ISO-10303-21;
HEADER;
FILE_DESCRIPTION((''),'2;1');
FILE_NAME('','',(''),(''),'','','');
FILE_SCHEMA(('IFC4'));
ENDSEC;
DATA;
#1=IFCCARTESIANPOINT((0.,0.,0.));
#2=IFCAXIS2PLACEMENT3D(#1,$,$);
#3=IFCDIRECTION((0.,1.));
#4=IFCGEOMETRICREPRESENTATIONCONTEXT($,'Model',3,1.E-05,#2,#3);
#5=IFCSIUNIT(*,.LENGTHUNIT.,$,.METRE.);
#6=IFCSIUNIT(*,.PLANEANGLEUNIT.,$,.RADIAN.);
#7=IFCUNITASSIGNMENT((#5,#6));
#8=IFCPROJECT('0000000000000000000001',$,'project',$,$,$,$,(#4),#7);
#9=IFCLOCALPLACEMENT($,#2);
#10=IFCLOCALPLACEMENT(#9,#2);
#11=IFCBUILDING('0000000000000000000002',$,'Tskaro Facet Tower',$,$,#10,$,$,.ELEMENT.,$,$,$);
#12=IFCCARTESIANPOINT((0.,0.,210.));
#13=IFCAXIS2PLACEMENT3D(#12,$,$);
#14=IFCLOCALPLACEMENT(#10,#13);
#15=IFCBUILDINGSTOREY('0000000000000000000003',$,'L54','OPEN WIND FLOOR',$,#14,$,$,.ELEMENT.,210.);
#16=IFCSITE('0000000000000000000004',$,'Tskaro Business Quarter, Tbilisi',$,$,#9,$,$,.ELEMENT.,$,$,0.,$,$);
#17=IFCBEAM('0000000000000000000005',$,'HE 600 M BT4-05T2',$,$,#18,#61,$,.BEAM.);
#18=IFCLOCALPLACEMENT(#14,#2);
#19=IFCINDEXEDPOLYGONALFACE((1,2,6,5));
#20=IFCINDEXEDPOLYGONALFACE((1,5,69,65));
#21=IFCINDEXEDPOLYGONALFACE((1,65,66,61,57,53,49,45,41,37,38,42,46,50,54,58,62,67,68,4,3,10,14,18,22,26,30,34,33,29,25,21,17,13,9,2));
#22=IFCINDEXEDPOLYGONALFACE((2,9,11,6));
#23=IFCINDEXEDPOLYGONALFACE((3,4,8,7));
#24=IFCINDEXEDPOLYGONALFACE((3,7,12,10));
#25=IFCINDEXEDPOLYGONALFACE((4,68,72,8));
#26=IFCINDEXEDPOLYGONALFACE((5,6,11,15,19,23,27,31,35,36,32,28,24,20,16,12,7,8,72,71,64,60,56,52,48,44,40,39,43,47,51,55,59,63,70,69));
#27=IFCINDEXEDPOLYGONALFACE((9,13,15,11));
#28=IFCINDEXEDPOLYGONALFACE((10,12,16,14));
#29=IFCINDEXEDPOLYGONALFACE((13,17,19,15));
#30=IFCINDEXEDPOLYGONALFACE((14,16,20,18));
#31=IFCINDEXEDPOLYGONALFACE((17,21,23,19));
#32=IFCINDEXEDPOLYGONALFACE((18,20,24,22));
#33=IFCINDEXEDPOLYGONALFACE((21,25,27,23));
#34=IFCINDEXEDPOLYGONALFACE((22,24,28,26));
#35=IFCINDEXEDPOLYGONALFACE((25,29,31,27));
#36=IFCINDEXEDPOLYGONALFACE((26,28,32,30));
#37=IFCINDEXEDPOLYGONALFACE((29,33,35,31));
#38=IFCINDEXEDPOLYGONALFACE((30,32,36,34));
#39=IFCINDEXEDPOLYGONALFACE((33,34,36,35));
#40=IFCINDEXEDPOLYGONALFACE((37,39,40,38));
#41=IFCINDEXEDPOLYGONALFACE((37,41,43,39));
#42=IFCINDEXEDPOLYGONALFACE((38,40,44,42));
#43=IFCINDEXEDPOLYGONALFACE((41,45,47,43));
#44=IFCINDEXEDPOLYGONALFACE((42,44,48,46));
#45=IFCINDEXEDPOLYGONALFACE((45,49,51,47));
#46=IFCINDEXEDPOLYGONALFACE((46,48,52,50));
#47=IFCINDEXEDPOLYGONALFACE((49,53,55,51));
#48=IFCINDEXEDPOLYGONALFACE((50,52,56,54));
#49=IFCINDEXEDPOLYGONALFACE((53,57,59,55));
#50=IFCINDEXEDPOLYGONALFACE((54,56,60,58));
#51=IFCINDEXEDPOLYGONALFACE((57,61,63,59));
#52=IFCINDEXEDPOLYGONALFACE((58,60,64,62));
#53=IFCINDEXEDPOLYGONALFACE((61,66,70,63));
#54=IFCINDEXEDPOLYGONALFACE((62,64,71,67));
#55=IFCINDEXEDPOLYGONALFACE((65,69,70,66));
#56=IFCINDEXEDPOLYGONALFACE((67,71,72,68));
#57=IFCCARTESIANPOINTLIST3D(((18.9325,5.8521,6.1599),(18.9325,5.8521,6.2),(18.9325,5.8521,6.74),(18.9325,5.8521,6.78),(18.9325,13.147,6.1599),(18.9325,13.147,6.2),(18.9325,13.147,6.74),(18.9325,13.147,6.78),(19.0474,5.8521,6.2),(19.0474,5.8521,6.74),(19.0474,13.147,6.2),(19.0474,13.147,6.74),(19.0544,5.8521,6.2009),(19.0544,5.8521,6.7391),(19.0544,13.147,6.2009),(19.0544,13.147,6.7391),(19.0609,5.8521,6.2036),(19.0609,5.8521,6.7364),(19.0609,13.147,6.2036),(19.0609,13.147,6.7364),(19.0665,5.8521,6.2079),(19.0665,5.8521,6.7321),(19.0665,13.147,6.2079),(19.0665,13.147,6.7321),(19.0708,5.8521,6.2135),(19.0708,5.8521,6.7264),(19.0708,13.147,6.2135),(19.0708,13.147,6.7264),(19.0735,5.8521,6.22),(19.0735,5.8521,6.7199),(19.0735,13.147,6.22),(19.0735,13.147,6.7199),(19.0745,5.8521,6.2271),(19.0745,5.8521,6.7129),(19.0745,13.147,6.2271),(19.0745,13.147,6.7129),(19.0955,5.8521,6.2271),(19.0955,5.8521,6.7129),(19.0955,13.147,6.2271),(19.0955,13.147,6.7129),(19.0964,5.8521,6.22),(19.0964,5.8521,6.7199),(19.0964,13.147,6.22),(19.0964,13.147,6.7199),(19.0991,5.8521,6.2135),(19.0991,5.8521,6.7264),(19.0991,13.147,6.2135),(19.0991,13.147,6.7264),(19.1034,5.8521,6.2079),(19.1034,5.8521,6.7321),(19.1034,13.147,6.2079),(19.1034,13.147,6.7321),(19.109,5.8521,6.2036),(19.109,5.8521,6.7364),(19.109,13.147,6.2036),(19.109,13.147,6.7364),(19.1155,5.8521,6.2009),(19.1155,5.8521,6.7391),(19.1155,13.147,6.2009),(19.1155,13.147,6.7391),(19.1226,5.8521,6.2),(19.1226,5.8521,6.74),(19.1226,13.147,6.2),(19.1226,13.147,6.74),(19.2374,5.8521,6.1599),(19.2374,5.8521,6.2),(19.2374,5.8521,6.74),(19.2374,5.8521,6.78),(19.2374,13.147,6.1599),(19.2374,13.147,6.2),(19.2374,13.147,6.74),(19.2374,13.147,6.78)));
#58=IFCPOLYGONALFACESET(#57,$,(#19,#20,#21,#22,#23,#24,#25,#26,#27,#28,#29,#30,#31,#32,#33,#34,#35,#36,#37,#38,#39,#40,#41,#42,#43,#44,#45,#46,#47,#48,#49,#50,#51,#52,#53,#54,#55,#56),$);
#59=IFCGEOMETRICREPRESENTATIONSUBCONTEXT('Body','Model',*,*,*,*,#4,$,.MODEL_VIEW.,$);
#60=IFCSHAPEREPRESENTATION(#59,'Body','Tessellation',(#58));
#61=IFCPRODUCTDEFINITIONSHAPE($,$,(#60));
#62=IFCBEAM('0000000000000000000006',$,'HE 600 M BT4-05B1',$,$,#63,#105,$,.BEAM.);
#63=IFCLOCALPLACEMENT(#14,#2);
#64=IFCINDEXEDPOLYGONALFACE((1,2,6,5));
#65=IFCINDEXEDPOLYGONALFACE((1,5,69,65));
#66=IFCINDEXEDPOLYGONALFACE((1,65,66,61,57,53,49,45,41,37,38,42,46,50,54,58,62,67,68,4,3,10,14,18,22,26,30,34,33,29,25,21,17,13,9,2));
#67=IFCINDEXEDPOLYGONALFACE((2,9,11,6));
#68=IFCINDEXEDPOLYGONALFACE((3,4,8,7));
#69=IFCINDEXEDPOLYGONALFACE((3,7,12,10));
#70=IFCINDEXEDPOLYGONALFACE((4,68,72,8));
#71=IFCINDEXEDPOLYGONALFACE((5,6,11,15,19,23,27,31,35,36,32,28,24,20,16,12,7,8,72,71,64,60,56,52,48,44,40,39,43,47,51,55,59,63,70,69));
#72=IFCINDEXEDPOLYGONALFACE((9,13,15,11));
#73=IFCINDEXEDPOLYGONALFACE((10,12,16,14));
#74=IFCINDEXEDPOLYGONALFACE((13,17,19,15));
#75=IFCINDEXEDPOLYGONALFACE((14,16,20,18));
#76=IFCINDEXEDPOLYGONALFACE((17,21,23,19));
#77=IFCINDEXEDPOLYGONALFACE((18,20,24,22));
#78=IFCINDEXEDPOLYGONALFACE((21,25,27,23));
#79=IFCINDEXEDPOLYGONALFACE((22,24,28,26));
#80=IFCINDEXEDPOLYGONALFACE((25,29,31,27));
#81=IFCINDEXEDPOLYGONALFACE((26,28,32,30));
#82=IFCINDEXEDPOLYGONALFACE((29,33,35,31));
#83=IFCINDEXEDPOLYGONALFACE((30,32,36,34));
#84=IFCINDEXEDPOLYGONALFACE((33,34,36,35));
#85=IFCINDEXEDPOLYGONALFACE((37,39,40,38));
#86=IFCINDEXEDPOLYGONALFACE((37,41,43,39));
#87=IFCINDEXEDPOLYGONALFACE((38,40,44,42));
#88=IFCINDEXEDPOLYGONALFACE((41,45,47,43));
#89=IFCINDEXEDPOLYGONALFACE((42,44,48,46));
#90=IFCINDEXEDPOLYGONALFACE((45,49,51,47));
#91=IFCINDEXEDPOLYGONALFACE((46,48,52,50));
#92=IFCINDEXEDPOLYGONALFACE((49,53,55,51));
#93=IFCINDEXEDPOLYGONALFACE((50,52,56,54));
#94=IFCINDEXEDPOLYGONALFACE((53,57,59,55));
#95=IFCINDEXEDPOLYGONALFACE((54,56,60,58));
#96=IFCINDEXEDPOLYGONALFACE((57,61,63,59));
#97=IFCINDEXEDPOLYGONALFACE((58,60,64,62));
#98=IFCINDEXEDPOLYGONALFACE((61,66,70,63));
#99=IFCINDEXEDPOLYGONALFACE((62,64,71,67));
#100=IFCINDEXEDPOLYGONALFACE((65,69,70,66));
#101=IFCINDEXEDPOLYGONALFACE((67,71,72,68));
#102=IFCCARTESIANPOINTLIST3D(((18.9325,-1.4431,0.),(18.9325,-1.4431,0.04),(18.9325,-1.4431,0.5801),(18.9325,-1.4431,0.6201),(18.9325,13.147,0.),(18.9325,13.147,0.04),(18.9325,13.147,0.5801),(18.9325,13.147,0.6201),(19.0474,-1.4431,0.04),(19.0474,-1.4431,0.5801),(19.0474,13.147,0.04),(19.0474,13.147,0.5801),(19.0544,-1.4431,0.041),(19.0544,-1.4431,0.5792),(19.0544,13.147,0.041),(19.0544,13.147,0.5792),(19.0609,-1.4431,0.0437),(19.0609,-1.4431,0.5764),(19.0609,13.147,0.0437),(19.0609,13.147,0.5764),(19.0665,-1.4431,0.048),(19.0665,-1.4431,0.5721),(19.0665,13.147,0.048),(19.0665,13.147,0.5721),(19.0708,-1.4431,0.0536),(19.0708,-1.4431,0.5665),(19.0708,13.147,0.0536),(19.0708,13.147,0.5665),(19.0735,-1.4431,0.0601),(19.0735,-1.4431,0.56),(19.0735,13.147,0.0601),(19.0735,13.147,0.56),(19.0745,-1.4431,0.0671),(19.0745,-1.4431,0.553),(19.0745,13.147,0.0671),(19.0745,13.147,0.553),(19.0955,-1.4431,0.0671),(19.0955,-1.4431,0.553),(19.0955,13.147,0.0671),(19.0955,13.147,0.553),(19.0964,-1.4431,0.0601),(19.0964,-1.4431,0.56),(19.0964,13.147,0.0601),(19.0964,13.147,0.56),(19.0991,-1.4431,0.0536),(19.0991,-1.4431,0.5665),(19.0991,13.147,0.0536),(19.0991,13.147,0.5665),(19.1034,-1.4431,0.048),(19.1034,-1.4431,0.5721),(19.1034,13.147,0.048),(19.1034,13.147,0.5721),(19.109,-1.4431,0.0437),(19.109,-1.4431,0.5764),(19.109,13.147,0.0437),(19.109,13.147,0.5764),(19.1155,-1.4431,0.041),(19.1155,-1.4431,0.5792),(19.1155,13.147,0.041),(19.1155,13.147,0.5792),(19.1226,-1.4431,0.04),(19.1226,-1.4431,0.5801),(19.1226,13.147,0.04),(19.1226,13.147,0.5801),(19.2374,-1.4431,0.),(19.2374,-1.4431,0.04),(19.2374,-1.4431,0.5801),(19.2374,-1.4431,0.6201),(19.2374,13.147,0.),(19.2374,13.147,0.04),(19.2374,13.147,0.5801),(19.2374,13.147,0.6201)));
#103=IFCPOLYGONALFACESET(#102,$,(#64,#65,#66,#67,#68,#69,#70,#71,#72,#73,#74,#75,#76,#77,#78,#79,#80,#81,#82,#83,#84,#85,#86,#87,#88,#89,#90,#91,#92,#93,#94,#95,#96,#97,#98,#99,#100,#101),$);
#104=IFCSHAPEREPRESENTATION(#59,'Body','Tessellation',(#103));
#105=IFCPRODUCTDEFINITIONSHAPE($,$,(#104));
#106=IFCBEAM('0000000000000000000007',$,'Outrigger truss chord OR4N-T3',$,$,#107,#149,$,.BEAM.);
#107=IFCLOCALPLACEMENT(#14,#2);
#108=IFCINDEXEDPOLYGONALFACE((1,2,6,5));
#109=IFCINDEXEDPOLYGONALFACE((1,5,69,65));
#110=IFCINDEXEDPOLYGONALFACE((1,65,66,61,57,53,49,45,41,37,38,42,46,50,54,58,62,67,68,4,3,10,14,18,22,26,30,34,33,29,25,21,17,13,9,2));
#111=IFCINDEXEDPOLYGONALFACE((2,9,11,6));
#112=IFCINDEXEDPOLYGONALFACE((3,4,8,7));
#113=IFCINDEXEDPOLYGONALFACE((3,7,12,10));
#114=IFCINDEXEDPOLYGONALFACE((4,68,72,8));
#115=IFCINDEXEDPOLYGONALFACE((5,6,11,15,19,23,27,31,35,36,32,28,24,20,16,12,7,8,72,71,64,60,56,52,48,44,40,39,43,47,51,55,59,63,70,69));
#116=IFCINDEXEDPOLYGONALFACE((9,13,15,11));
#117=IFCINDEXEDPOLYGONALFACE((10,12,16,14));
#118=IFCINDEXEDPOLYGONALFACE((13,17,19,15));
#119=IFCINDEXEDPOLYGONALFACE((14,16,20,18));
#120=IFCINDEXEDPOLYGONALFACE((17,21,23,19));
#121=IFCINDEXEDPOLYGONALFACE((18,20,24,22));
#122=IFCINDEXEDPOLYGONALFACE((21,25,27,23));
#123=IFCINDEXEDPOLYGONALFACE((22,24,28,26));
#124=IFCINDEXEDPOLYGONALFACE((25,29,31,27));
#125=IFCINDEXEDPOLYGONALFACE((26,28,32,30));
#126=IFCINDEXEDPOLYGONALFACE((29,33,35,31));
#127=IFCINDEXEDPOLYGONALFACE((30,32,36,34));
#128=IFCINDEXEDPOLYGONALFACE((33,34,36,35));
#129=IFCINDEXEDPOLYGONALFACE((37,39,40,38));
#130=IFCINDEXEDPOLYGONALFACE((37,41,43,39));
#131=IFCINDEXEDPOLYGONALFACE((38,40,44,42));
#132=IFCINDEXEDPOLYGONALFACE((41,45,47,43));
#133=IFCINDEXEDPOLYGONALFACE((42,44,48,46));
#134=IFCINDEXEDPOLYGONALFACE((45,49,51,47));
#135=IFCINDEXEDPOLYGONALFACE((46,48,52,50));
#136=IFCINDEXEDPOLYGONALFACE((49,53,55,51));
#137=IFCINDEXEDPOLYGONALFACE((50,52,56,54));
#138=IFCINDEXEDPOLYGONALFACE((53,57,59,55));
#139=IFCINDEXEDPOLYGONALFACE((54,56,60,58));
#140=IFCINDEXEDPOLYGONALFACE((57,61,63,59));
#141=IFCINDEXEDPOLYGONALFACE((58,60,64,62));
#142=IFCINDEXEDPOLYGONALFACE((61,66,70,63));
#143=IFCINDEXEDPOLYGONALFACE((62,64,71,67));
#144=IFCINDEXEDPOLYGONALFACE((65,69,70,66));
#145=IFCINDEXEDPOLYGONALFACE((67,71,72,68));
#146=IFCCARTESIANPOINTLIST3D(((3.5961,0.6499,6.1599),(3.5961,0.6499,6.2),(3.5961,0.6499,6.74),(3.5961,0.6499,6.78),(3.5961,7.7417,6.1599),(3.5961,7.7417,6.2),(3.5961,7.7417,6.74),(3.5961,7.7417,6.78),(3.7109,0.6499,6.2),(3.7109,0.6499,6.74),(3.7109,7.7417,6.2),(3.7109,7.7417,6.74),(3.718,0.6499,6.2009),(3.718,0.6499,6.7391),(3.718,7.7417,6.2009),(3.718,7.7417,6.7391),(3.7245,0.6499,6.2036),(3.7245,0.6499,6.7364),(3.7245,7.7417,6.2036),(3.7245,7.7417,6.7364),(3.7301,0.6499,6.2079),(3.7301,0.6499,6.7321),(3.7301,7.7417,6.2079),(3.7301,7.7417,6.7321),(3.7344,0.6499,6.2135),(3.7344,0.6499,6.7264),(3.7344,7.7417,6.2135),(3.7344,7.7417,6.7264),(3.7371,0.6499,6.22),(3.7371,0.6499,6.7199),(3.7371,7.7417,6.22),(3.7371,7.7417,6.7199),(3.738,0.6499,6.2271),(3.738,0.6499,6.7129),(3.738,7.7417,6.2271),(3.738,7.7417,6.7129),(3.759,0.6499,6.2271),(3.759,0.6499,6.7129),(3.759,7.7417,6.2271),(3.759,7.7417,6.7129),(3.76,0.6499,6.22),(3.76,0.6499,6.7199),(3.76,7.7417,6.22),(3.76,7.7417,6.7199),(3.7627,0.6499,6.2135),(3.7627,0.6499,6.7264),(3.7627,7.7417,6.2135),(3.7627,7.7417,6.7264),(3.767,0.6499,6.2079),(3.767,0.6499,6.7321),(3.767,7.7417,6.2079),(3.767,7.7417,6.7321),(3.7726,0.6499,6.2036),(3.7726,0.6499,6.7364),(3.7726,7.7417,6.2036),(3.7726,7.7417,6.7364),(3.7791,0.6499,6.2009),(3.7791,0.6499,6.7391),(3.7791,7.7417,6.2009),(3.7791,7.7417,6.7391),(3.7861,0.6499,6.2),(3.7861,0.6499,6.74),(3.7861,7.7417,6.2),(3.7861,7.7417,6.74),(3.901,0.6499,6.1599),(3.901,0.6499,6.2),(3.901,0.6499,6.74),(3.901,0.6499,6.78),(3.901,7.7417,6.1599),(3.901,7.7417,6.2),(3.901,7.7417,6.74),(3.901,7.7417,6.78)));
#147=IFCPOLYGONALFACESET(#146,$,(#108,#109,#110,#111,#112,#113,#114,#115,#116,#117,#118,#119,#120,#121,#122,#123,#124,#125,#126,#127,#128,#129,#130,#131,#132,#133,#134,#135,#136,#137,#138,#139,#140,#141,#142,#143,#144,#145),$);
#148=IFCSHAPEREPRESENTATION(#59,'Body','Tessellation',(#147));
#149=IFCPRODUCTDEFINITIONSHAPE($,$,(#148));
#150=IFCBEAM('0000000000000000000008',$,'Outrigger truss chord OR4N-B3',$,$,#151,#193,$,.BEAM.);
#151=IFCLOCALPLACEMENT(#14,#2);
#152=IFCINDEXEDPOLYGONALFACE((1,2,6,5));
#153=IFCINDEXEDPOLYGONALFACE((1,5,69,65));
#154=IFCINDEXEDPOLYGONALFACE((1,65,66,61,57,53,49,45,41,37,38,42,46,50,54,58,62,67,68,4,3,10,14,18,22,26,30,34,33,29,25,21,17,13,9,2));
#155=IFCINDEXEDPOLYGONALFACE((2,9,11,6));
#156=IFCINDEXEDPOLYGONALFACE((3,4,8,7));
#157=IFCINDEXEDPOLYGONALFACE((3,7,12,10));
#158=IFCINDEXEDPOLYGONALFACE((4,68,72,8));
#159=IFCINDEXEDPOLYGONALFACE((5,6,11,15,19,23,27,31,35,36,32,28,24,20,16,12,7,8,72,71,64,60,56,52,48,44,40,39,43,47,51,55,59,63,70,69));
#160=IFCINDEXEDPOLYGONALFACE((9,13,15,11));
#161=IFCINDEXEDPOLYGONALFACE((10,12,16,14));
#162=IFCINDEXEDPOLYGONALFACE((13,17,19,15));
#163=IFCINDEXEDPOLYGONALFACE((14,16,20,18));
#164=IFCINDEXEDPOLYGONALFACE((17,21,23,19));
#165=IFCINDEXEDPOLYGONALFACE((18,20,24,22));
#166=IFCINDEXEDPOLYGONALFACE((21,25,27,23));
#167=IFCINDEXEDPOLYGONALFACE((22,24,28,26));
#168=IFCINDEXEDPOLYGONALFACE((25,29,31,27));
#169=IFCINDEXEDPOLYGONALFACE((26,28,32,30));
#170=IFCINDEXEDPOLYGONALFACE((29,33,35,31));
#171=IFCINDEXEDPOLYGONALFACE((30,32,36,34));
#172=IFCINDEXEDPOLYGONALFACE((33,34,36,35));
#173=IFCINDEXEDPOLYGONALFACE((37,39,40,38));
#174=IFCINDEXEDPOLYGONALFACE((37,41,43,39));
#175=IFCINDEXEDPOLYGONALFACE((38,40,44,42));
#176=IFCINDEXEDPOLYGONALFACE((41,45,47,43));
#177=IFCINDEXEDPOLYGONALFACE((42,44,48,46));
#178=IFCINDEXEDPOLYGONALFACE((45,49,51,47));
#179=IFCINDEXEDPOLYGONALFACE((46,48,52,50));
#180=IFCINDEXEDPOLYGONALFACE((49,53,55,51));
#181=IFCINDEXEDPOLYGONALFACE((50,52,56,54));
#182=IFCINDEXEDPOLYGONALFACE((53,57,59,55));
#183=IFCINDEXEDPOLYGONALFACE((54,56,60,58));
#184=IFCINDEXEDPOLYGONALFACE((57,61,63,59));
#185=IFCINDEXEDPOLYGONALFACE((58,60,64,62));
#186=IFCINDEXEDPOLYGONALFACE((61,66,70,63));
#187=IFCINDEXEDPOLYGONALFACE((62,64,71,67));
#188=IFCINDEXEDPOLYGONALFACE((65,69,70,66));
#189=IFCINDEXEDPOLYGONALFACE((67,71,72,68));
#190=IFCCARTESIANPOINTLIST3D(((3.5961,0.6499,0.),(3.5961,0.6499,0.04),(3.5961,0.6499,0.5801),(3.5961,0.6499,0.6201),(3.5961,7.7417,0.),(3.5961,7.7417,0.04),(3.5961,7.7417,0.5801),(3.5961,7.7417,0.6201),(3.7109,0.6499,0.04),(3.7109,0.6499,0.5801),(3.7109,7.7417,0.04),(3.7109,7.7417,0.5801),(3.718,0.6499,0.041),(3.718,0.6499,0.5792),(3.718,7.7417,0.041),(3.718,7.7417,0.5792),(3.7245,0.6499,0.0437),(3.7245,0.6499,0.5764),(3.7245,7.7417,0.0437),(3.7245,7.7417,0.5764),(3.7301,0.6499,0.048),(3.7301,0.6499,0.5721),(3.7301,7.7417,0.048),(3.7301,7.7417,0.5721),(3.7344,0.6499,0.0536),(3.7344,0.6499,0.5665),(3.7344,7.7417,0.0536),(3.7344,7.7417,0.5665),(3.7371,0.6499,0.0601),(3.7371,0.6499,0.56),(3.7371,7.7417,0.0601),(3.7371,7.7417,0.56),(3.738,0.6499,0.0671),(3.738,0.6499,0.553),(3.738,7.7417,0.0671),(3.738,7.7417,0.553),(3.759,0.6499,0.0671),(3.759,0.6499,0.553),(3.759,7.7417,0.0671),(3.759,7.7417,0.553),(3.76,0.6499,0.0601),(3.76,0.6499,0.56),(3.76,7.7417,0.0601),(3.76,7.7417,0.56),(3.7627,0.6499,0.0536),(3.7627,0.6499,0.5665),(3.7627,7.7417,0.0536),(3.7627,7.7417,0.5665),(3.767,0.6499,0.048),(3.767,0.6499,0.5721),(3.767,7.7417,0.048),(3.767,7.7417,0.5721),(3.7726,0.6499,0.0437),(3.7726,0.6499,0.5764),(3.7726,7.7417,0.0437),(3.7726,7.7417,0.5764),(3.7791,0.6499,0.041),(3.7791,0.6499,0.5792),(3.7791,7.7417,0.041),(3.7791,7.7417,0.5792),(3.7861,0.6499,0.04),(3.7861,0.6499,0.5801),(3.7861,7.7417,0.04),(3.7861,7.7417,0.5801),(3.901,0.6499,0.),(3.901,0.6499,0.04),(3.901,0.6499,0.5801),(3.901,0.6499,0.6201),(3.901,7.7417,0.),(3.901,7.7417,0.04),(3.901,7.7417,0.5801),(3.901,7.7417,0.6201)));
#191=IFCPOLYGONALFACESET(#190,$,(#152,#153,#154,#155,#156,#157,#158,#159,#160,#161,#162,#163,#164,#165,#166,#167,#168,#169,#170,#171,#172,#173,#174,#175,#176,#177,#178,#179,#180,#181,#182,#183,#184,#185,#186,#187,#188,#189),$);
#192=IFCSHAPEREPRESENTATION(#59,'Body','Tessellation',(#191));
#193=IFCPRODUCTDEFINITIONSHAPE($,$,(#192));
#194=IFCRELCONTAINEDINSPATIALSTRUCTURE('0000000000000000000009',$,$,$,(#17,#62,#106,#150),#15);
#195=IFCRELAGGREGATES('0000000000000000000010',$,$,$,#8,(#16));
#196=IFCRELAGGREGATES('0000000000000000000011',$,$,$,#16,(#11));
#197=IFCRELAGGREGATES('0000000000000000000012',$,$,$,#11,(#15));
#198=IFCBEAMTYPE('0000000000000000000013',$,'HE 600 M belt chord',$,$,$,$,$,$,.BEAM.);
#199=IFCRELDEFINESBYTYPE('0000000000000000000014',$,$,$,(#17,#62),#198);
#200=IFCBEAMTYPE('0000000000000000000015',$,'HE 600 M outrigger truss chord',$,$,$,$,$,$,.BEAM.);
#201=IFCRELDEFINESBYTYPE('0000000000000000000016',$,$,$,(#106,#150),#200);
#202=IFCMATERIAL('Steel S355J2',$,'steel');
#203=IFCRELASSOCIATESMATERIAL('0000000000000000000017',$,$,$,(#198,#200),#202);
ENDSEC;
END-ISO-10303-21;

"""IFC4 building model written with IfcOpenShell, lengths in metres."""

from ifc_helpers import new_model, si_unit, direction, frame, origin, origin_2d, place, context, subcontext, project, spatial, i_section, extrude, material, material_profile, profile_set, type_object, element, save


model = new_model("IFC4")

# Units and contexts
model_context = context("Model", 3, precision=1e-05, world=origin(), true_north=direction((0.0, 1.0)))
body_context = subcontext(model_context, "Body", "Model", "MODEL_VIEW")
ifc_project = project(units=[si_unit("LENGTHUNIT", "METRE"), si_unit("PLANEANGLEUNIT", "RADIAN")], contexts=[model_context])

# Site, building, storey
site_placement = place(None, origin())
site = spatial("IfcSite", under=ifc_project, at=site_placement, Name="Tskaro Business Quarter, Tbilisi", CompositionType="ELEMENT", RefElevation=0.0)
building_placement = place(site_placement, origin())
building = spatial("IfcBuilding", under=site, at=building_placement, Name="Tskaro Facet Tower", CompositionType="ELEMENT")
storey_placement = place(building_placement, frame((0.0, 0.0, 210.0)))
storey = spatial("IfcBuildingStorey", under=building, at=storey_placement, Name="L54", Description="OPEN WIND FLOOR", CompositionType="ELEMENT", Elevation=210.0)

# Shared definitions
ifc_material_1 = material(Name="Steel S355J2", Category="steel")

# Beams
ifc_material_profile_1 = material_profile(ifc_material_1, i_section(OverallWidth=0.3049, OverallDepth=0.6201, WebThickness=0.021, FlangeThickness=0.04, FilletRadius=0.0271, at=origin_2d()), Name="HE 600 M")
ifc_profile_set_1 = profile_set([ifc_material_profile_1], Name="Steel S355J2")
beam_type_1 = type_object("IfcBeamType", Name="HE 600 M belt chord", PredefinedType="BEAM", material=ifc_profile_set_1)
beam_1_placement = place(storey_placement, frame((19.085, 5.8521, 6.47), z_axis=(0.0, 1.0, 0.0), x_axis=(-1.0, 0.0, 0.0)))
element("IfcBeam", 1, at=beam_1_placement, inside=storey, type_object=beam_type_1, Name="HE 600 M BT4-05T2", PredefinedType="BEAM", context=body_context, shape_type="SweptSolid", body=[
    extrude(i_section(OverallWidth=0.3049, OverallDepth=0.6201, WebThickness=0.021, FlangeThickness=0.04, FilletRadius=0.0271, at=origin_2d()), origin(), (0.0, 0.0, 1.0), 7.2949),
])
beam_2_placement = place(storey_placement, frame((19.085, -1.4431, 0.3101), z_axis=(0.0, 1.0, 0.0), x_axis=(-1.0, 0.0, 0.0)))
element("IfcBeam", 2, at=beam_2_placement, inside=storey, type_object=beam_type_1, Name="HE 600 M BT4-05B1", PredefinedType="BEAM", context=body_context, shape_type="SweptSolid", body=[
    extrude(i_section(OverallWidth=0.3049, OverallDepth=0.6201, WebThickness=0.021, FlangeThickness=0.04, FilletRadius=0.0271, at=origin_2d()), origin(), (0.0, 0.0, 1.0), 14.5901),
])
ifc_material_profile_2 = material_profile(ifc_material_1, i_section(OverallWidth=0.3049, OverallDepth=0.6201, WebThickness=0.021, FlangeThickness=0.04, FilletRadius=0.0271, at=origin_2d()), Name="HE 600 M")
ifc_profile_set_2 = profile_set([ifc_material_profile_2], Name="Steel S355J2")
beam_type_2 = type_object("IfcBeamType", Name="HE 600 M outrigger truss chord", PredefinedType="BEAM", material=ifc_profile_set_2)
for number, where, z_axis, x_axis, name in (
    (3, (3.7485, 7.7417, 6.47), (0.0, -1.0, 0.0), (1.0, 0.0, 0.0), "Outrigger truss chord OR4N-T3"),
    (4, (3.7485, 7.7417, 0.3101), (0.0, -1.0, 0.0), (1.0, 0.0, 0.0), "Outrigger truss chord OR4N-B3"),
):
    element("IfcBeam", number, at=place(storey_placement, frame(where, z_axis=z_axis, x_axis=x_axis)), inside=storey, type_object=beam_type_2, Name=name, PredefinedType="BEAM", context=body_context, shape_type="SweptSolid", body=[
        extrude(i_section(OverallWidth=0.3049, OverallDepth=0.6201, WebThickness=0.021, FlangeThickness=0.04, FilletRadius=0.0271, at=origin_2d()), origin(), (0.0, 0.0, 1.0), 7.0918),
    ])

save(model, "model.ifc")
